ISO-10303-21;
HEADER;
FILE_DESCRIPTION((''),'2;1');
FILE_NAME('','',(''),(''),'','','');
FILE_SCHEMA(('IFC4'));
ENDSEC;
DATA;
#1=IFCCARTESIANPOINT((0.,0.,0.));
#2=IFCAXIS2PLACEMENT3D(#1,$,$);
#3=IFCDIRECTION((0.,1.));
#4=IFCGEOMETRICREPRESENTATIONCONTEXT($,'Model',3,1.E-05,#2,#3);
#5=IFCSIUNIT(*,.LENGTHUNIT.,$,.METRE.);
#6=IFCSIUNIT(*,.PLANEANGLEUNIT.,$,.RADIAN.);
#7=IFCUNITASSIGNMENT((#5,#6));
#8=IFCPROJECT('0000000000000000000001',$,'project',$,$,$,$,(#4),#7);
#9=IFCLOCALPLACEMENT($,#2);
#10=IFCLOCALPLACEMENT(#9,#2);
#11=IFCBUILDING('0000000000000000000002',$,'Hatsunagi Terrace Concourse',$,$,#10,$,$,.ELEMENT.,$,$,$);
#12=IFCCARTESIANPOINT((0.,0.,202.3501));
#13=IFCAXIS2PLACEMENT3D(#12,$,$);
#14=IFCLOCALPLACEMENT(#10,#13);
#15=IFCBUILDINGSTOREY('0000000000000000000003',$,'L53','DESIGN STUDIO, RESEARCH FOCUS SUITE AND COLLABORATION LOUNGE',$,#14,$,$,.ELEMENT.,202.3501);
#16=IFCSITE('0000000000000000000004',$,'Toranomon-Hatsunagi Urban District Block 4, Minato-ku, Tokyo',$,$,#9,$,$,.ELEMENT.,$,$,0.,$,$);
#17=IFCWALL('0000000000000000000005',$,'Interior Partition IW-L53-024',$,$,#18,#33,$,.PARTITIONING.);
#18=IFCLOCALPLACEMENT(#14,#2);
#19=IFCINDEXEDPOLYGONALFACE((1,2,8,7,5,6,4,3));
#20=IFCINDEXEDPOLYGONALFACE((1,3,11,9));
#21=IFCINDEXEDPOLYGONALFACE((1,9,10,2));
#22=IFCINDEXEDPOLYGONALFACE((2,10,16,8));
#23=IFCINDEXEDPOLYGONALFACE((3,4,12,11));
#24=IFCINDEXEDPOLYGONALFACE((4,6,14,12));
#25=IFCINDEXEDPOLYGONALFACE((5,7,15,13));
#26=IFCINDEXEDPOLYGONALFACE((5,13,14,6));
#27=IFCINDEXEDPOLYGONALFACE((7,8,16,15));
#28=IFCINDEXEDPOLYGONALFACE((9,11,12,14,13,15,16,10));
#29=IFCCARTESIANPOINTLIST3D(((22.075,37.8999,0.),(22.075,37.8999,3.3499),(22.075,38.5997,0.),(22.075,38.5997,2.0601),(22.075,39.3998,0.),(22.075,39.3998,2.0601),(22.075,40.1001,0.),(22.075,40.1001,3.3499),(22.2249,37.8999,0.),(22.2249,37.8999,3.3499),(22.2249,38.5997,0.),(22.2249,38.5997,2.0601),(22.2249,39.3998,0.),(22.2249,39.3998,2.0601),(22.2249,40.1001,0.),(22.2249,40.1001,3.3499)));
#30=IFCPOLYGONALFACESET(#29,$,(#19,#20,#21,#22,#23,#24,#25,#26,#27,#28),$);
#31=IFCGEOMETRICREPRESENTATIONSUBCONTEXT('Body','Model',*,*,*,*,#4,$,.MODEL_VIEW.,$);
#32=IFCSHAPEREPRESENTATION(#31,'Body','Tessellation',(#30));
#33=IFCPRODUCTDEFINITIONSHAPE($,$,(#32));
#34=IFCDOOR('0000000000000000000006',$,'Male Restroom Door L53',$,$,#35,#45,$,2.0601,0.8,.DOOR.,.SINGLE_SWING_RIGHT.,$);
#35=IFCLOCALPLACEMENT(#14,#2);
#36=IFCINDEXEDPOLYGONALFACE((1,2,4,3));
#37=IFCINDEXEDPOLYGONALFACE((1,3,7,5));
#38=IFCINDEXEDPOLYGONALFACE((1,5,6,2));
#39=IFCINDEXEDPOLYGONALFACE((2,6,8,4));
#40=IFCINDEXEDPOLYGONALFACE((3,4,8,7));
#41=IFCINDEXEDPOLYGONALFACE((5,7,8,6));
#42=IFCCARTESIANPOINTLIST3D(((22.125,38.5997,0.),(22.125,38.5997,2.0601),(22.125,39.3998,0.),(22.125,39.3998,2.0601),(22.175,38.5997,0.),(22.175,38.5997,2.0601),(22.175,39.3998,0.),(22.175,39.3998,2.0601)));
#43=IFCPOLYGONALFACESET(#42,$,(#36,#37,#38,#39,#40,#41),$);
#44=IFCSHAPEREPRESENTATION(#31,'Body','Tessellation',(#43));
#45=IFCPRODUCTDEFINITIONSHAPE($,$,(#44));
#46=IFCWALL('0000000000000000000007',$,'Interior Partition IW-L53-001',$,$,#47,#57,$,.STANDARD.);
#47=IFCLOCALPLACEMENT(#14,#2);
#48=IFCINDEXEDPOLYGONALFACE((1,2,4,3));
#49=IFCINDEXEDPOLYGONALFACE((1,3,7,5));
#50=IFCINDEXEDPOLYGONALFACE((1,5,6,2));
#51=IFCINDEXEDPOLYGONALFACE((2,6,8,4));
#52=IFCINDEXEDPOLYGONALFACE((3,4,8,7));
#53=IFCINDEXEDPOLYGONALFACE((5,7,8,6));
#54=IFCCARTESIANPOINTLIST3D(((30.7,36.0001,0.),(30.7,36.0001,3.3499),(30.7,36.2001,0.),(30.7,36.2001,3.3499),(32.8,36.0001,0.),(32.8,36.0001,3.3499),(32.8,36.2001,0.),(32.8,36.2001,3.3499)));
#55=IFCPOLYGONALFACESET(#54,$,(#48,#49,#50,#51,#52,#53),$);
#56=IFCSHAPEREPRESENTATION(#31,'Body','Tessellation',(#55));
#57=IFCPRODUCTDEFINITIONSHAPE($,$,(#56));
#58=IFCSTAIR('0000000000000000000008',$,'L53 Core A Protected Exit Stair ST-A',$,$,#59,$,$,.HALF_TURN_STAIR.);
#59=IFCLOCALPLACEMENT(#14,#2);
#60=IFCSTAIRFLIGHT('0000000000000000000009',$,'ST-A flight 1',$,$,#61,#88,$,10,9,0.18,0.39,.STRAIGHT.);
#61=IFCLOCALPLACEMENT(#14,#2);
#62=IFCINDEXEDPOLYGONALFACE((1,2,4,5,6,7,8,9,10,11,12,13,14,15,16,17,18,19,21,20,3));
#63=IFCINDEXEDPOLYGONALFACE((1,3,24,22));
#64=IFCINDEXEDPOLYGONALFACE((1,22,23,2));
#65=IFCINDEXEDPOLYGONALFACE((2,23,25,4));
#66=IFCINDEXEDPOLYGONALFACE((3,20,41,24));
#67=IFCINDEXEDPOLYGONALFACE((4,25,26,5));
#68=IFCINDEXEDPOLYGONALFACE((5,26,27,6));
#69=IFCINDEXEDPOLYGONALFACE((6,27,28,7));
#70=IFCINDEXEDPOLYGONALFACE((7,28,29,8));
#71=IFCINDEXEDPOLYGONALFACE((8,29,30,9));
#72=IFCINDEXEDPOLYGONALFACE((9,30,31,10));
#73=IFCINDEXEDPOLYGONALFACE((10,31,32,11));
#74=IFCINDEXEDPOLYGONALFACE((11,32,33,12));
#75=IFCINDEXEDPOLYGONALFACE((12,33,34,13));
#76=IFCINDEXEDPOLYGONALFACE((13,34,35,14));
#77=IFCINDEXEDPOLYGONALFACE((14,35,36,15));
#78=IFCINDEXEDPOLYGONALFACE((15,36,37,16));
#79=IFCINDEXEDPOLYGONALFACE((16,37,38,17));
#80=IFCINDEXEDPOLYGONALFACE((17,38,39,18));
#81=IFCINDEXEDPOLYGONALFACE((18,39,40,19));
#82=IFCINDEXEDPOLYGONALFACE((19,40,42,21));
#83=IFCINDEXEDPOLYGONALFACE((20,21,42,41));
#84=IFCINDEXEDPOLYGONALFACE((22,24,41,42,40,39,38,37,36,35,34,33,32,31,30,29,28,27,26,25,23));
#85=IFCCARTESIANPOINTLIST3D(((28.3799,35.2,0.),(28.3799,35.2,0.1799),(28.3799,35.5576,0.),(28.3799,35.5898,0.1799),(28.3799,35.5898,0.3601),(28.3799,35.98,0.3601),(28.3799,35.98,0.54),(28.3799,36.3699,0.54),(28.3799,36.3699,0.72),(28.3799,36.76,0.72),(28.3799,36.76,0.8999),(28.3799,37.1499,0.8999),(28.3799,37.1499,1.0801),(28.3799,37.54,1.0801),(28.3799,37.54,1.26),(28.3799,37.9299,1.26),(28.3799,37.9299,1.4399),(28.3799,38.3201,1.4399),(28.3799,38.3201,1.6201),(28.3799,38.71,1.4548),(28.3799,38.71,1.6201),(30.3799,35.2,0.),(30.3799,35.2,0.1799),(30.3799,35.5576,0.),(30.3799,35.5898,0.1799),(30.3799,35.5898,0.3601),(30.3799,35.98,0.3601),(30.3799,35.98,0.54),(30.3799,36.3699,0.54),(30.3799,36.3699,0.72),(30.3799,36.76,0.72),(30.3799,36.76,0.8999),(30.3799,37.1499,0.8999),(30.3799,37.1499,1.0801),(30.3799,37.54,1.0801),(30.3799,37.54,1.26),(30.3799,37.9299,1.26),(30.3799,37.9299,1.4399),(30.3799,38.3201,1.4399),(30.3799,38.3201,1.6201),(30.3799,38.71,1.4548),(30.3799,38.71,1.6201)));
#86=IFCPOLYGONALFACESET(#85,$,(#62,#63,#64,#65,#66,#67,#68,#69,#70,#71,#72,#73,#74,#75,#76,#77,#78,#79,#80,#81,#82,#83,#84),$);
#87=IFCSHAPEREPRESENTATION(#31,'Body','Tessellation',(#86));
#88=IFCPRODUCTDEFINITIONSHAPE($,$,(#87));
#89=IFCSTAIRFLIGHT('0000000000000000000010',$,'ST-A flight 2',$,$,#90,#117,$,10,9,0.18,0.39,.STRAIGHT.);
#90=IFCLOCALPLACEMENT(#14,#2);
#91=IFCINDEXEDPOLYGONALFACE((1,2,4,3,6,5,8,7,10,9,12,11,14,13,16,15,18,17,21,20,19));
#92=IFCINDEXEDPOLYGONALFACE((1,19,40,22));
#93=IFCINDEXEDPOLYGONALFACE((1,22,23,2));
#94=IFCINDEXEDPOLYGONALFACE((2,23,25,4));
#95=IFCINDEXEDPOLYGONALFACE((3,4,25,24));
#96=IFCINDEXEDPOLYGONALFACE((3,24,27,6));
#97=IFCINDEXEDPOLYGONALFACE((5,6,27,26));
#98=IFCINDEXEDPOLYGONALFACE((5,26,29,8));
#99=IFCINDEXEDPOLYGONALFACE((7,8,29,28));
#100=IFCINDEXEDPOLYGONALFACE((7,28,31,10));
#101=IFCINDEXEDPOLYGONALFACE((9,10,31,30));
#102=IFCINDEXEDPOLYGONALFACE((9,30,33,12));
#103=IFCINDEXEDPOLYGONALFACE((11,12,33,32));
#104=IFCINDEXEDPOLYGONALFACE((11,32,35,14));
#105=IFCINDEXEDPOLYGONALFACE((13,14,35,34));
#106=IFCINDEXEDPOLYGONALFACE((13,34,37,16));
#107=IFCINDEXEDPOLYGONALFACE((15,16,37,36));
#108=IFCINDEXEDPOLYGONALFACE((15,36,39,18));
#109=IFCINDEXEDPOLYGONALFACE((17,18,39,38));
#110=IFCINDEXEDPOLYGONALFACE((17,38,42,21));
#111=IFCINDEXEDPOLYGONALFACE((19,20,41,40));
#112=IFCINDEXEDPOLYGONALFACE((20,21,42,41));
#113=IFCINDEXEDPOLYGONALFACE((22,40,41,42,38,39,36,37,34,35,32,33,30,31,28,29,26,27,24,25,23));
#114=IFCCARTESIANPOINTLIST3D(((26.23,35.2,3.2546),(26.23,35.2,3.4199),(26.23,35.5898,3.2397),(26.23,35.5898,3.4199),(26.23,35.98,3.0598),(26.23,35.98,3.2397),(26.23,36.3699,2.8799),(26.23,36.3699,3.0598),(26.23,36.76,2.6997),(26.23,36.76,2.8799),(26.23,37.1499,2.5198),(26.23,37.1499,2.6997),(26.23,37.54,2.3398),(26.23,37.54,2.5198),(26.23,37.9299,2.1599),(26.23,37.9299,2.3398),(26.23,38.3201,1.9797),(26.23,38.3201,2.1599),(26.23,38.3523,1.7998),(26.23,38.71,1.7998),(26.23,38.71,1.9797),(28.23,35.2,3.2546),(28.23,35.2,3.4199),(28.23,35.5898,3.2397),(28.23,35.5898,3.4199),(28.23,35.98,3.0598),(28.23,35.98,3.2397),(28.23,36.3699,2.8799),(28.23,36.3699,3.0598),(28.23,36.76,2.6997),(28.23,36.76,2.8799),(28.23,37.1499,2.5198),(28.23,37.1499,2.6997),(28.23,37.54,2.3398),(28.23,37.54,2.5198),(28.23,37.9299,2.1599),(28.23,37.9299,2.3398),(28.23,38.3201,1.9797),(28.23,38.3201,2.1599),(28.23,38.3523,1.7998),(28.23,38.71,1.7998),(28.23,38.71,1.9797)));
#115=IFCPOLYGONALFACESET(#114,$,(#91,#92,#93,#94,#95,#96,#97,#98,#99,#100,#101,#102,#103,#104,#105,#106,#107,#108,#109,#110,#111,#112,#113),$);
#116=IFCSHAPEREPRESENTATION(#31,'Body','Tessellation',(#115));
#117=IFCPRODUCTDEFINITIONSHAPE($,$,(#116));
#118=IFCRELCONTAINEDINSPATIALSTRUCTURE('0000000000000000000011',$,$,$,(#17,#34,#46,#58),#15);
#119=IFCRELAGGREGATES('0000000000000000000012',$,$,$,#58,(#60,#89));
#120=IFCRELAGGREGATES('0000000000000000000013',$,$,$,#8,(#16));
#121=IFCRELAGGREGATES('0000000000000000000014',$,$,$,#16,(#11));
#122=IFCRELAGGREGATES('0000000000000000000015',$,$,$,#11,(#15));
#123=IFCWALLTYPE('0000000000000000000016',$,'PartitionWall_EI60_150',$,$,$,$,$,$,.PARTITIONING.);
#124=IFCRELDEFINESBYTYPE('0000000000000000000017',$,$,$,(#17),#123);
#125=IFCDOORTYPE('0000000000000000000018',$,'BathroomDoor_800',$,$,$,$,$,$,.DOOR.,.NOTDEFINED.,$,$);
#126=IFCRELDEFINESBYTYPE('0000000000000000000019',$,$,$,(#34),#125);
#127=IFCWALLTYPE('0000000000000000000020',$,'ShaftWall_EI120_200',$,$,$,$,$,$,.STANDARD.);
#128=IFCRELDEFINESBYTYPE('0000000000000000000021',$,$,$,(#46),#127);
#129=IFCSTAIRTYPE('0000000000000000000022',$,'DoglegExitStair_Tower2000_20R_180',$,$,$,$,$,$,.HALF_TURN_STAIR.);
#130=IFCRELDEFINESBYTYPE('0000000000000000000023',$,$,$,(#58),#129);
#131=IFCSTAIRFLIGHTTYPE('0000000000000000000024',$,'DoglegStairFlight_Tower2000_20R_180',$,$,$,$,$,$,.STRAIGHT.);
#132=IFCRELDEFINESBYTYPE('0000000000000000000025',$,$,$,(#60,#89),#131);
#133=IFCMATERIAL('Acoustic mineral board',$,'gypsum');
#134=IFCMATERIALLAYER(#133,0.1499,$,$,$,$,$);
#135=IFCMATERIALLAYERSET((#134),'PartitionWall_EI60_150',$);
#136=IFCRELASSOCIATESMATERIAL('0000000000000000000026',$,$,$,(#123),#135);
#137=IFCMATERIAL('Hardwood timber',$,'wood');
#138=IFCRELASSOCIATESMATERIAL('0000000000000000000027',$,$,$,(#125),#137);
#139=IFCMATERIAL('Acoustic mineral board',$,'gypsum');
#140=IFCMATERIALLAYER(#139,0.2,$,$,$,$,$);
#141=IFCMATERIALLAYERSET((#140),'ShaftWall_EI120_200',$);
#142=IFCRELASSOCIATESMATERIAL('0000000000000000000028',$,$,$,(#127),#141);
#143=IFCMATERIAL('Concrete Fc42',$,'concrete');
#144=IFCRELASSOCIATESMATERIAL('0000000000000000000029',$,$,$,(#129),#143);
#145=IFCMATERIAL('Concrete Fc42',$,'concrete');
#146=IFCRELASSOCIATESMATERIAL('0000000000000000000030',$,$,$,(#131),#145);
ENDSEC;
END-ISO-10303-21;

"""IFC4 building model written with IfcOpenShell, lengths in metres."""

from ifc_helpers import new_model, si_unit, direction, frame, frame_2d, origin, place, context, subcontext, project, spatial, polyline, rectangle, outline, extrude, material, layer, layer_set, type_object, element, fill, aggregate, save


model = new_model("IFC4")

# Units and contexts
model_context = context("Model", 3, precision=1e-05, world=origin(), true_north=direction((0.0, 1.0)))
body_context = subcontext(model_context, "Body", "Model", "MODEL_VIEW")
ifc_project = project(units=[si_unit("LENGTHUNIT", "METRE"), si_unit("PLANEANGLEUNIT", "RADIAN")], contexts=[model_context])

# Site, building, storey
site_placement = place(None, origin())
site = spatial("IfcSite", under=ifc_project, at=site_placement, Name="Toranomon-Hatsunagi Urban District Block 4, Minato-ku, Tokyo", CompositionType="ELEMENT", RefElevation=0.0)
building_placement = place(site_placement, origin())
building = spatial("IfcBuilding", under=site, at=building_placement, Name="Hatsunagi Terrace Concourse", CompositionType="ELEMENT")
storey_placement = place(building_placement, frame((0.0, 0.0, 202.3501)))
storey = spatial("IfcBuildingStorey", under=building, at=storey_placement, Name="L53", Description="DESIGN STUDIO, RESEARCH FOCUS SUITE AND COLLABORATION LOUNGE", CompositionType="ELEMENT", Elevation=202.3501)

# Shared definitions
ifc_material_1 = material(Name="Acoustic mineral board", Category="gypsum")
ifc_layer_1 = layer(ifc_material_1, 0.1499)
ifc_layer_set_1 = layer_set([ifc_layer_1], Name="PartitionWall_EI60_150")
wall_type_1 = type_object("IfcWallType", Name="PartitionWall_EI60_150", PredefinedType="PARTITIONING", material=ifc_layer_set_1)

# Wall, opening, door
ifc_material_2 = material(Name="Hardwood timber", Category="wood")
door_type = type_object("IfcDoorType", Name="BathroomDoor_800", OperationType="NOTDEFINED", PredefinedType="DOOR", material=ifc_material_2)
wall_1_placement = place(storey_placement, frame((22.1499, 37.8999, 0.0), z_axis=(0.0, 0.0, 1.0), x_axis=(0.0, 1.0, 0.0)))
wall_1 = element("IfcWall", 1, at=wall_1_placement, inside=storey, type_object=wall_type_1, Name="Interior Partition IW-L53-024", PredefinedType="PARTITIONING", context=body_context, shape_type="SweptSolid", body=[
    extrude(rectangle(XDim=2.2002, YDim=0.1499, at=frame_2d((1.1001, 0.0))), origin(), (0.0, 0.0, 1.0), 3.3499),
])
opening_1_placement = place(wall_1_placement, frame((0.7, 0.0, 0.0)))
opening_1 = element("IfcOpeningElement", 2, at=opening_1_placement, cuts=wall_1, PredefinedType="OPENING", context=body_context, shape_type="SweptSolid", body=[
    extrude(rectangle(XDim=0.8, YDim=2.0601, at=frame_2d((0.3999, 1.03))), frame((0.0, 0.085, 0.0), z_axis=(0.0, -1.0, 0.0), x_axis=(1.0, 0.0, 0.0)), (0.0, 0.0, 1.0), 0.1699),
])
door_1_placement = place(opening_1_placement, origin())
door_1 = element("IfcDoor", 3, at=door_1_placement, inside=storey, type_object=door_type, Name="Male Restroom Door L53", OperationType="SINGLE_SWING_RIGHT", OverallHeight=2.0601, OverallWidth=0.8, PredefinedType="DOOR", context=body_context, shape_type="SweptSolid", body=[
    extrude(rectangle(XDim=0.8, YDim=2.0601, at=frame_2d((0.3999, 1.03))), frame((0.0, 0.0249, 0.0), z_axis=(0.0, -1.0, 0.0), x_axis=(1.0, 0.0, 0.0)), (0.0, 0.0, 1.0), 0.05),
])
fill(opening_1, door_1)

# Wall
ifc_material_3 = material(Name="Acoustic mineral board", Category="gypsum")
ifc_layer_2 = layer(ifc_material_3, 0.2)
ifc_layer_set_2 = layer_set([ifc_layer_2], Name="ShaftWall_EI120_200")
wall_type_2 = type_object("IfcWallType", Name="ShaftWall_EI120_200", PredefinedType="STANDARD", material=ifc_layer_set_2)
wall_2_placement = place(storey_placement, frame((30.7, 36.1001, 0.0), z_axis=(0.0, 0.0, 1.0), x_axis=(1.0, 0.0, 0.0)))
element("IfcWall", 4, at=wall_2_placement, inside=storey, type_object=wall_type_2, Name="Interior Partition IW-L53-001", PredefinedType="STANDARD", context=body_context, shape_type="SweptSolid", body=[
    extrude(rectangle(XDim=2.1001, YDim=0.2, at=frame_2d((1.05, 0.0))), origin(), (0.0, 0.0, 1.0), 3.3499),
])

# Stair, stair flights
ifc_material_4 = material(Name="Concrete Fc42", Category="concrete")
stair_type = type_object("IfcStairType", Name="DoglegExitStair_Tower2000_20R_180", PredefinedType="HALF_TURN_STAIR", material=ifc_material_4)
stair_placement = place(storey_placement, origin())
stair = element("IfcStair", 5, at=stair_placement, inside=storey, type_object=stair_type, Name="L53 Core A Protected Exit Stair ST-A", PredefinedType="HALF_TURN_STAIR")
ifc_material_5 = material(Name="Concrete Fc42", Category="concrete")
stair_flight_type = type_object("IfcStairFlightType", Name="DoglegStairFlight_Tower2000_20R_180", PredefinedType="STRAIGHT", material=ifc_material_5)
stair_flight_1_placement = place(storey_placement, frame((29.3799, 35.2, 0.0), z_axis=(0.0, 0.0, 1.0), x_axis=(0.0, 1.0, 0.0)))
stair_flight_1 = element("IfcStairFlight", 6, at=stair_flight_1_placement, type_object=stair_flight_type, Name="ST-A flight 1", NumberOfRisers=10, NumberOfTreads=9, PredefinedType="STRAIGHT", RiserHeight=0.18, TreadLength=0.39, context=body_context, shape_type="SweptSolid", body=[
    extrude(outline(polyline([(0.0, 0.0), (0.0, 0.1799), (0.3899, 0.1799), (0.3899, 0.3601), (0.78, 0.3601), (0.78, 0.54), (1.1699, 0.54), (1.1699, 0.72), (1.5601, 0.72), (1.5601, 0.8999), (1.95, 0.8999), (1.95, 1.0801), (2.3401, 1.0801), (2.3401, 1.26), (2.73, 1.26), (2.73, 1.4399), (3.1201, 1.4399), (3.1201, 1.6201), (3.51, 1.6201), (3.51, 1.8), (3.51, 1.4548), (0.3577, 0.0), (0.0, 0.0)])), frame((0.0, 1.0, 0.0), z_axis=(0.0, -1.0, 0.0), x_axis=(1.0, 0.0, 0.0)), (0.0, 0.0, 1.0), 2.0),
])
stair_flight_2_placement = place(storey_placement, frame((27.23, 38.71, 1.7998), z_axis=(0.0, 0.0, 1.0), x_axis=(0.0, -1.0, 0.0)))
stair_flight_2 = element("IfcStairFlight", 7, at=stair_flight_2_placement, type_object=stair_flight_type, Name="ST-A flight 2", NumberOfRisers=10, NumberOfTreads=9, PredefinedType="STRAIGHT", RiserHeight=0.18, TreadLength=0.39, context=body_context, shape_type="SweptSolid", body=[
    extrude(outline(polyline([(0.0, 0.0), (0.0, 0.1799), (0.3899, 0.1799), (0.3899, 0.3601), (0.78, 0.3601), (0.78, 0.54), (1.1699, 0.54), (1.1699, 0.72), (1.5601, 0.72), (1.5601, 0.8999), (1.95, 0.8999), (1.95, 1.0801), (2.3401, 1.0801), (2.3401, 1.26), (2.73, 1.26), (2.73, 1.4399), (3.1201, 1.4399), (3.1201, 1.6201), (3.51, 1.6201), (3.51, 1.8), (3.51, 1.4548), (0.3577, 0.0), (0.0, 0.0)])), frame((0.0, 1.0, 0.0), z_axis=(0.0, -1.0, 0.0), x_axis=(1.0, 0.0, 0.0)), (0.0, 0.0, 1.0), 2.0),
])
aggregate(stair, [stair_flight_1, stair_flight_2])

save(model, "model.ifc")
